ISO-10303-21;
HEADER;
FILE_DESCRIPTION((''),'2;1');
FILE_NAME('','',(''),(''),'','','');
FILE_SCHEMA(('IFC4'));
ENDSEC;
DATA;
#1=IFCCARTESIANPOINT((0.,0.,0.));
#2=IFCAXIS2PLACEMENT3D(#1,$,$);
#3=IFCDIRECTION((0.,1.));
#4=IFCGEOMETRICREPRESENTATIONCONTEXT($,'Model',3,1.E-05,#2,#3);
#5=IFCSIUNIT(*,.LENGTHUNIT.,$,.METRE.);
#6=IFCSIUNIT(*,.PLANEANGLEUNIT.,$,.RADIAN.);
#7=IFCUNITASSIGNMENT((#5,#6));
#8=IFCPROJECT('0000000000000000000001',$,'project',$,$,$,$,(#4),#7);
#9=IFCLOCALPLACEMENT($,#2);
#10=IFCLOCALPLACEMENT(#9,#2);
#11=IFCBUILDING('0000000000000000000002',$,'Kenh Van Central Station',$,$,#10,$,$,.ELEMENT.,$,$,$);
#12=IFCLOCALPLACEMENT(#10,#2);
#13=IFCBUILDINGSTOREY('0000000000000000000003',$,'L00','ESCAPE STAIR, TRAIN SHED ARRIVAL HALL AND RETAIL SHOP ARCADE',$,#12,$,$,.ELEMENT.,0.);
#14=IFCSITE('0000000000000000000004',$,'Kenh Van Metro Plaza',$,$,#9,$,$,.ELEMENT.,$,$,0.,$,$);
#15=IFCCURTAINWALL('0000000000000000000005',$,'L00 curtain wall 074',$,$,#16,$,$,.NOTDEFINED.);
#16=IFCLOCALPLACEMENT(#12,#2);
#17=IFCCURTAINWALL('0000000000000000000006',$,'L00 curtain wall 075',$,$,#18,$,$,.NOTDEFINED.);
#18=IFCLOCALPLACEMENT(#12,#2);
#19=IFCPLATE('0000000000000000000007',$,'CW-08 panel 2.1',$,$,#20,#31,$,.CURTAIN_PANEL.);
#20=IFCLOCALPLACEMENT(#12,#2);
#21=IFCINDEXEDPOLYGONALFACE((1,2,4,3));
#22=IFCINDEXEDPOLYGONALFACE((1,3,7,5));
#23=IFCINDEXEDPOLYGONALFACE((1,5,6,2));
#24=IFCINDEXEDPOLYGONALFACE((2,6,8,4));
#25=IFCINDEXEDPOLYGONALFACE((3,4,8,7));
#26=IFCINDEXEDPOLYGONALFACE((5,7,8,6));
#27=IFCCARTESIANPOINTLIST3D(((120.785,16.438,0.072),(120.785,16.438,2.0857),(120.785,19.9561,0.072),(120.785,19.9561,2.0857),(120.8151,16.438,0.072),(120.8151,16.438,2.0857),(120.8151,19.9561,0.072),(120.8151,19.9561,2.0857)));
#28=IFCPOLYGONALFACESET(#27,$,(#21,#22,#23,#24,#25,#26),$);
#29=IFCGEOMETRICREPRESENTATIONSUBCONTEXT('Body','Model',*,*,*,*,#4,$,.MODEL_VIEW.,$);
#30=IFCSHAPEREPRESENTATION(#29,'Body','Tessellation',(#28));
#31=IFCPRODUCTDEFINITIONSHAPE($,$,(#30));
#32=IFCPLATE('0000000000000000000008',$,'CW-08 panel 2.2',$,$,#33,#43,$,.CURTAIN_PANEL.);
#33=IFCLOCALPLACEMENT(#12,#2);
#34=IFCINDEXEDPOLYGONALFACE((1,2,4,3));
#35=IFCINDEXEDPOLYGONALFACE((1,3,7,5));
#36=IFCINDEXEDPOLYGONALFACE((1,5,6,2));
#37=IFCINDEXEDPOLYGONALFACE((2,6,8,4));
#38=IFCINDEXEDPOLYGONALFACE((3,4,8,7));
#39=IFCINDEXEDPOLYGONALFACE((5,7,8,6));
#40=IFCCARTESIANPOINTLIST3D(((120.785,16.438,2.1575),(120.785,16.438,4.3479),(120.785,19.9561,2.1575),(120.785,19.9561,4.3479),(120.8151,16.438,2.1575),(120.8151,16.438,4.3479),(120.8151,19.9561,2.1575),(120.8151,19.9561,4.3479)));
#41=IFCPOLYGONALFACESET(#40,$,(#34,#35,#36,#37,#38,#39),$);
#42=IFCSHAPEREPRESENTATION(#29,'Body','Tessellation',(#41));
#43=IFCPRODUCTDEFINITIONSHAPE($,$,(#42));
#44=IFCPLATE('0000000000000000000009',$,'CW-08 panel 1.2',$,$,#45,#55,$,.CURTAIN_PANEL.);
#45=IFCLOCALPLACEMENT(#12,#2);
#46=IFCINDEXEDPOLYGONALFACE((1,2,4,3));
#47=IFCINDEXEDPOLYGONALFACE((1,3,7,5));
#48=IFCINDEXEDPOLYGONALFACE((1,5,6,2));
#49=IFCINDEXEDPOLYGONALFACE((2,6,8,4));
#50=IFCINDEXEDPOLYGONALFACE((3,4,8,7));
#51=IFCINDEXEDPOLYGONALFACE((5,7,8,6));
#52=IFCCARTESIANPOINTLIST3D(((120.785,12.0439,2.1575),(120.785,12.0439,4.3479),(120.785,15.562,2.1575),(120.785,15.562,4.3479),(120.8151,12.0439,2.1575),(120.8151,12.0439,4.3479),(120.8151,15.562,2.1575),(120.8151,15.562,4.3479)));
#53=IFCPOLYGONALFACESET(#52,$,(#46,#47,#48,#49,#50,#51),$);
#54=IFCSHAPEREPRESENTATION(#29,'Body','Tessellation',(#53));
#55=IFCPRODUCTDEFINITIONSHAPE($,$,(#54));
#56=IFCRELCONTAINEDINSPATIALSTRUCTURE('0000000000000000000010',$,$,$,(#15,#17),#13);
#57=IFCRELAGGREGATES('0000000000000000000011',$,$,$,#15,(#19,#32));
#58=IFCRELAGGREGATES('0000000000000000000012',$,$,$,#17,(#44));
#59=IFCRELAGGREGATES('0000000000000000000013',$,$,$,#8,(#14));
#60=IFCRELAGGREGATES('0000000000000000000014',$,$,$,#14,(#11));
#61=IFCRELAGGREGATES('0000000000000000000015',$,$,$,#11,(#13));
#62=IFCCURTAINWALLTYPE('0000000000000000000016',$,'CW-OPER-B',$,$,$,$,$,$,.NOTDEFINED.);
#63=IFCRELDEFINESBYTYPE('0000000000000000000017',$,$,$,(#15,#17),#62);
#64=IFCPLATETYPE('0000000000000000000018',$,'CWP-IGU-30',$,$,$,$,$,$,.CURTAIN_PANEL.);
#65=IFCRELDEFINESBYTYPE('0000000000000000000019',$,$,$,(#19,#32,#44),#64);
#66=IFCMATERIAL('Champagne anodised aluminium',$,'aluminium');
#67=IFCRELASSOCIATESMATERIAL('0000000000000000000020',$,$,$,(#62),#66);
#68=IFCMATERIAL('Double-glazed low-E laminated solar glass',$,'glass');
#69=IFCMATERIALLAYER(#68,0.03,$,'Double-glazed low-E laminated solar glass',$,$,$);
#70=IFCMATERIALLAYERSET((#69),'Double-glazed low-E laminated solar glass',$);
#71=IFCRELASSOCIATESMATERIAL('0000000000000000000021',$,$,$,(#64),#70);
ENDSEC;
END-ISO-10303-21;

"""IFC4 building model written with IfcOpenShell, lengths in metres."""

from ifc_helpers import new_model, si_unit, direction, frame, origin, origin_2d, place, context, subcontext, project, spatial, rectangle, extrude, material, layer, layer_set, type_object, element, aggregate, save


model = new_model("IFC4")

# Units and contexts
model_context = context("Model", 3, precision=1e-05, world=origin(), true_north=direction((0.0, 1.0)))
body_context = subcontext(model_context, "Body", "Model", "MODEL_VIEW")
ifc_project = project(units=[si_unit("LENGTHUNIT", "METRE"), si_unit("PLANEANGLEUNIT", "RADIAN")], contexts=[model_context])

# Site, building, storey
site_placement = place(None, origin())
site = spatial("IfcSite", under=ifc_project, at=site_placement, Name="Kenh Van Metro Plaza", CompositionType="ELEMENT", RefElevation=0.0)
building_placement = place(site_placement, origin())
building = spatial("IfcBuilding", under=site, at=building_placement, Name="Kenh Van Central Station", CompositionType="ELEMENT")
storey_placement = place(building_placement, origin())
storey = spatial("IfcBuildingStorey", under=building, at=storey_placement, Name="L00", Description="ESCAPE STAIR, TRAIN SHED ARRIVAL HALL AND RETAIL SHOP ARCADE", CompositionType="ELEMENT", Elevation=0.0)

# Curtain wall
ifc_material_1 = material(Name="Champagne anodised aluminium", Category="aluminium")
curtain_wall_type_1 = type_object("IfcCurtainWallType", Name="CW-OPER-B", PredefinedType="NOTDEFINED", material=ifc_material_1)
curtain_wall_1_placement = place(storey_placement, origin())
curtain_wall_1 = element("IfcCurtainWall", 1, at=curtain_wall_1_placement, inside=storey, type_object=curtain_wall_type_1, Name="L00 curtain wall 074", PredefinedType="NOTDEFINED")

# Curtain wall
curtain_wall_2_placement = place(storey_placement, origin())
curtain_wall_2 = element("IfcCurtainWall", 2, at=curtain_wall_2_placement, inside=storey, type_object=curtain_wall_type_1, Name="L00 curtain wall 075", PredefinedType="NOTDEFINED")

# Plates
ifc_material_2 = material(Name="Double-glazed low-E laminated solar glass", Category="glass")
ifc_layer_1 = layer(ifc_material_2, 0.03, Name="Double-glazed low-E laminated solar glass")
ifc_layer_set_1 = layer_set([ifc_layer_1], Name="Double-glazed low-E laminated solar glass")
plate_type_1 = type_object("IfcPlateType", Name="CWP-IGU-30", PredefinedType="CURTAIN_PANEL", material=ifc_layer_set_1)
plate_1_placement = place(storey_placement, frame((120.8, 18.197, 0.072), z_axis=(0.0, 0.0, 1.0), x_axis=(0.0, -1.0, 0.0)))
plate_1 = element("IfcPlate", 3, at=plate_1_placement, type_object=plate_type_1, Name="CW-08 panel 2.1", PredefinedType="CURTAIN_PANEL", context=body_context, shape_type="SweptSolid", body=[
    extrude(rectangle(XDim=3.5181, YDim=0.03, at=origin_2d()), origin(), (0.0, 0.0, 1.0), 2.0137),
])
plate_2_placement = place(storey_placement, frame((120.8, 18.197, 2.1575), z_axis=(0.0, 0.0, 1.0), x_axis=(0.0, -1.0, 0.0)))
plate_2 = element("IfcPlate", 4, at=plate_2_placement, type_object=plate_type_1, Name="CW-08 panel 2.2", PredefinedType="CURTAIN_PANEL", context=body_context, shape_type="SweptSolid", body=[
    extrude(rectangle(XDim=3.5181, YDim=0.03, at=origin_2d()), origin(), (0.0, 0.0, 1.0), 2.1904),
])
aggregate(curtain_wall_1, [plate_1, plate_2])
plate_3_placement = place(storey_placement, frame((120.8, 13.803, 2.1575), z_axis=(0.0, 0.0, 1.0), x_axis=(0.0, -1.0, 0.0)))
plate_3 = element("IfcPlate", 5, at=plate_3_placement, type_object=plate_type_1, Name="CW-08 panel 1.2", PredefinedType="CURTAIN_PANEL", context=body_context, shape_type="SweptSolid", body=[
    extrude(rectangle(XDim=3.5181, YDim=0.03, at=origin_2d()), origin(), (0.0, 0.0, 1.0), 2.1904),
])
aggregate(curtain_wall_2, [plate_3])

save(model, "model.ifc")
